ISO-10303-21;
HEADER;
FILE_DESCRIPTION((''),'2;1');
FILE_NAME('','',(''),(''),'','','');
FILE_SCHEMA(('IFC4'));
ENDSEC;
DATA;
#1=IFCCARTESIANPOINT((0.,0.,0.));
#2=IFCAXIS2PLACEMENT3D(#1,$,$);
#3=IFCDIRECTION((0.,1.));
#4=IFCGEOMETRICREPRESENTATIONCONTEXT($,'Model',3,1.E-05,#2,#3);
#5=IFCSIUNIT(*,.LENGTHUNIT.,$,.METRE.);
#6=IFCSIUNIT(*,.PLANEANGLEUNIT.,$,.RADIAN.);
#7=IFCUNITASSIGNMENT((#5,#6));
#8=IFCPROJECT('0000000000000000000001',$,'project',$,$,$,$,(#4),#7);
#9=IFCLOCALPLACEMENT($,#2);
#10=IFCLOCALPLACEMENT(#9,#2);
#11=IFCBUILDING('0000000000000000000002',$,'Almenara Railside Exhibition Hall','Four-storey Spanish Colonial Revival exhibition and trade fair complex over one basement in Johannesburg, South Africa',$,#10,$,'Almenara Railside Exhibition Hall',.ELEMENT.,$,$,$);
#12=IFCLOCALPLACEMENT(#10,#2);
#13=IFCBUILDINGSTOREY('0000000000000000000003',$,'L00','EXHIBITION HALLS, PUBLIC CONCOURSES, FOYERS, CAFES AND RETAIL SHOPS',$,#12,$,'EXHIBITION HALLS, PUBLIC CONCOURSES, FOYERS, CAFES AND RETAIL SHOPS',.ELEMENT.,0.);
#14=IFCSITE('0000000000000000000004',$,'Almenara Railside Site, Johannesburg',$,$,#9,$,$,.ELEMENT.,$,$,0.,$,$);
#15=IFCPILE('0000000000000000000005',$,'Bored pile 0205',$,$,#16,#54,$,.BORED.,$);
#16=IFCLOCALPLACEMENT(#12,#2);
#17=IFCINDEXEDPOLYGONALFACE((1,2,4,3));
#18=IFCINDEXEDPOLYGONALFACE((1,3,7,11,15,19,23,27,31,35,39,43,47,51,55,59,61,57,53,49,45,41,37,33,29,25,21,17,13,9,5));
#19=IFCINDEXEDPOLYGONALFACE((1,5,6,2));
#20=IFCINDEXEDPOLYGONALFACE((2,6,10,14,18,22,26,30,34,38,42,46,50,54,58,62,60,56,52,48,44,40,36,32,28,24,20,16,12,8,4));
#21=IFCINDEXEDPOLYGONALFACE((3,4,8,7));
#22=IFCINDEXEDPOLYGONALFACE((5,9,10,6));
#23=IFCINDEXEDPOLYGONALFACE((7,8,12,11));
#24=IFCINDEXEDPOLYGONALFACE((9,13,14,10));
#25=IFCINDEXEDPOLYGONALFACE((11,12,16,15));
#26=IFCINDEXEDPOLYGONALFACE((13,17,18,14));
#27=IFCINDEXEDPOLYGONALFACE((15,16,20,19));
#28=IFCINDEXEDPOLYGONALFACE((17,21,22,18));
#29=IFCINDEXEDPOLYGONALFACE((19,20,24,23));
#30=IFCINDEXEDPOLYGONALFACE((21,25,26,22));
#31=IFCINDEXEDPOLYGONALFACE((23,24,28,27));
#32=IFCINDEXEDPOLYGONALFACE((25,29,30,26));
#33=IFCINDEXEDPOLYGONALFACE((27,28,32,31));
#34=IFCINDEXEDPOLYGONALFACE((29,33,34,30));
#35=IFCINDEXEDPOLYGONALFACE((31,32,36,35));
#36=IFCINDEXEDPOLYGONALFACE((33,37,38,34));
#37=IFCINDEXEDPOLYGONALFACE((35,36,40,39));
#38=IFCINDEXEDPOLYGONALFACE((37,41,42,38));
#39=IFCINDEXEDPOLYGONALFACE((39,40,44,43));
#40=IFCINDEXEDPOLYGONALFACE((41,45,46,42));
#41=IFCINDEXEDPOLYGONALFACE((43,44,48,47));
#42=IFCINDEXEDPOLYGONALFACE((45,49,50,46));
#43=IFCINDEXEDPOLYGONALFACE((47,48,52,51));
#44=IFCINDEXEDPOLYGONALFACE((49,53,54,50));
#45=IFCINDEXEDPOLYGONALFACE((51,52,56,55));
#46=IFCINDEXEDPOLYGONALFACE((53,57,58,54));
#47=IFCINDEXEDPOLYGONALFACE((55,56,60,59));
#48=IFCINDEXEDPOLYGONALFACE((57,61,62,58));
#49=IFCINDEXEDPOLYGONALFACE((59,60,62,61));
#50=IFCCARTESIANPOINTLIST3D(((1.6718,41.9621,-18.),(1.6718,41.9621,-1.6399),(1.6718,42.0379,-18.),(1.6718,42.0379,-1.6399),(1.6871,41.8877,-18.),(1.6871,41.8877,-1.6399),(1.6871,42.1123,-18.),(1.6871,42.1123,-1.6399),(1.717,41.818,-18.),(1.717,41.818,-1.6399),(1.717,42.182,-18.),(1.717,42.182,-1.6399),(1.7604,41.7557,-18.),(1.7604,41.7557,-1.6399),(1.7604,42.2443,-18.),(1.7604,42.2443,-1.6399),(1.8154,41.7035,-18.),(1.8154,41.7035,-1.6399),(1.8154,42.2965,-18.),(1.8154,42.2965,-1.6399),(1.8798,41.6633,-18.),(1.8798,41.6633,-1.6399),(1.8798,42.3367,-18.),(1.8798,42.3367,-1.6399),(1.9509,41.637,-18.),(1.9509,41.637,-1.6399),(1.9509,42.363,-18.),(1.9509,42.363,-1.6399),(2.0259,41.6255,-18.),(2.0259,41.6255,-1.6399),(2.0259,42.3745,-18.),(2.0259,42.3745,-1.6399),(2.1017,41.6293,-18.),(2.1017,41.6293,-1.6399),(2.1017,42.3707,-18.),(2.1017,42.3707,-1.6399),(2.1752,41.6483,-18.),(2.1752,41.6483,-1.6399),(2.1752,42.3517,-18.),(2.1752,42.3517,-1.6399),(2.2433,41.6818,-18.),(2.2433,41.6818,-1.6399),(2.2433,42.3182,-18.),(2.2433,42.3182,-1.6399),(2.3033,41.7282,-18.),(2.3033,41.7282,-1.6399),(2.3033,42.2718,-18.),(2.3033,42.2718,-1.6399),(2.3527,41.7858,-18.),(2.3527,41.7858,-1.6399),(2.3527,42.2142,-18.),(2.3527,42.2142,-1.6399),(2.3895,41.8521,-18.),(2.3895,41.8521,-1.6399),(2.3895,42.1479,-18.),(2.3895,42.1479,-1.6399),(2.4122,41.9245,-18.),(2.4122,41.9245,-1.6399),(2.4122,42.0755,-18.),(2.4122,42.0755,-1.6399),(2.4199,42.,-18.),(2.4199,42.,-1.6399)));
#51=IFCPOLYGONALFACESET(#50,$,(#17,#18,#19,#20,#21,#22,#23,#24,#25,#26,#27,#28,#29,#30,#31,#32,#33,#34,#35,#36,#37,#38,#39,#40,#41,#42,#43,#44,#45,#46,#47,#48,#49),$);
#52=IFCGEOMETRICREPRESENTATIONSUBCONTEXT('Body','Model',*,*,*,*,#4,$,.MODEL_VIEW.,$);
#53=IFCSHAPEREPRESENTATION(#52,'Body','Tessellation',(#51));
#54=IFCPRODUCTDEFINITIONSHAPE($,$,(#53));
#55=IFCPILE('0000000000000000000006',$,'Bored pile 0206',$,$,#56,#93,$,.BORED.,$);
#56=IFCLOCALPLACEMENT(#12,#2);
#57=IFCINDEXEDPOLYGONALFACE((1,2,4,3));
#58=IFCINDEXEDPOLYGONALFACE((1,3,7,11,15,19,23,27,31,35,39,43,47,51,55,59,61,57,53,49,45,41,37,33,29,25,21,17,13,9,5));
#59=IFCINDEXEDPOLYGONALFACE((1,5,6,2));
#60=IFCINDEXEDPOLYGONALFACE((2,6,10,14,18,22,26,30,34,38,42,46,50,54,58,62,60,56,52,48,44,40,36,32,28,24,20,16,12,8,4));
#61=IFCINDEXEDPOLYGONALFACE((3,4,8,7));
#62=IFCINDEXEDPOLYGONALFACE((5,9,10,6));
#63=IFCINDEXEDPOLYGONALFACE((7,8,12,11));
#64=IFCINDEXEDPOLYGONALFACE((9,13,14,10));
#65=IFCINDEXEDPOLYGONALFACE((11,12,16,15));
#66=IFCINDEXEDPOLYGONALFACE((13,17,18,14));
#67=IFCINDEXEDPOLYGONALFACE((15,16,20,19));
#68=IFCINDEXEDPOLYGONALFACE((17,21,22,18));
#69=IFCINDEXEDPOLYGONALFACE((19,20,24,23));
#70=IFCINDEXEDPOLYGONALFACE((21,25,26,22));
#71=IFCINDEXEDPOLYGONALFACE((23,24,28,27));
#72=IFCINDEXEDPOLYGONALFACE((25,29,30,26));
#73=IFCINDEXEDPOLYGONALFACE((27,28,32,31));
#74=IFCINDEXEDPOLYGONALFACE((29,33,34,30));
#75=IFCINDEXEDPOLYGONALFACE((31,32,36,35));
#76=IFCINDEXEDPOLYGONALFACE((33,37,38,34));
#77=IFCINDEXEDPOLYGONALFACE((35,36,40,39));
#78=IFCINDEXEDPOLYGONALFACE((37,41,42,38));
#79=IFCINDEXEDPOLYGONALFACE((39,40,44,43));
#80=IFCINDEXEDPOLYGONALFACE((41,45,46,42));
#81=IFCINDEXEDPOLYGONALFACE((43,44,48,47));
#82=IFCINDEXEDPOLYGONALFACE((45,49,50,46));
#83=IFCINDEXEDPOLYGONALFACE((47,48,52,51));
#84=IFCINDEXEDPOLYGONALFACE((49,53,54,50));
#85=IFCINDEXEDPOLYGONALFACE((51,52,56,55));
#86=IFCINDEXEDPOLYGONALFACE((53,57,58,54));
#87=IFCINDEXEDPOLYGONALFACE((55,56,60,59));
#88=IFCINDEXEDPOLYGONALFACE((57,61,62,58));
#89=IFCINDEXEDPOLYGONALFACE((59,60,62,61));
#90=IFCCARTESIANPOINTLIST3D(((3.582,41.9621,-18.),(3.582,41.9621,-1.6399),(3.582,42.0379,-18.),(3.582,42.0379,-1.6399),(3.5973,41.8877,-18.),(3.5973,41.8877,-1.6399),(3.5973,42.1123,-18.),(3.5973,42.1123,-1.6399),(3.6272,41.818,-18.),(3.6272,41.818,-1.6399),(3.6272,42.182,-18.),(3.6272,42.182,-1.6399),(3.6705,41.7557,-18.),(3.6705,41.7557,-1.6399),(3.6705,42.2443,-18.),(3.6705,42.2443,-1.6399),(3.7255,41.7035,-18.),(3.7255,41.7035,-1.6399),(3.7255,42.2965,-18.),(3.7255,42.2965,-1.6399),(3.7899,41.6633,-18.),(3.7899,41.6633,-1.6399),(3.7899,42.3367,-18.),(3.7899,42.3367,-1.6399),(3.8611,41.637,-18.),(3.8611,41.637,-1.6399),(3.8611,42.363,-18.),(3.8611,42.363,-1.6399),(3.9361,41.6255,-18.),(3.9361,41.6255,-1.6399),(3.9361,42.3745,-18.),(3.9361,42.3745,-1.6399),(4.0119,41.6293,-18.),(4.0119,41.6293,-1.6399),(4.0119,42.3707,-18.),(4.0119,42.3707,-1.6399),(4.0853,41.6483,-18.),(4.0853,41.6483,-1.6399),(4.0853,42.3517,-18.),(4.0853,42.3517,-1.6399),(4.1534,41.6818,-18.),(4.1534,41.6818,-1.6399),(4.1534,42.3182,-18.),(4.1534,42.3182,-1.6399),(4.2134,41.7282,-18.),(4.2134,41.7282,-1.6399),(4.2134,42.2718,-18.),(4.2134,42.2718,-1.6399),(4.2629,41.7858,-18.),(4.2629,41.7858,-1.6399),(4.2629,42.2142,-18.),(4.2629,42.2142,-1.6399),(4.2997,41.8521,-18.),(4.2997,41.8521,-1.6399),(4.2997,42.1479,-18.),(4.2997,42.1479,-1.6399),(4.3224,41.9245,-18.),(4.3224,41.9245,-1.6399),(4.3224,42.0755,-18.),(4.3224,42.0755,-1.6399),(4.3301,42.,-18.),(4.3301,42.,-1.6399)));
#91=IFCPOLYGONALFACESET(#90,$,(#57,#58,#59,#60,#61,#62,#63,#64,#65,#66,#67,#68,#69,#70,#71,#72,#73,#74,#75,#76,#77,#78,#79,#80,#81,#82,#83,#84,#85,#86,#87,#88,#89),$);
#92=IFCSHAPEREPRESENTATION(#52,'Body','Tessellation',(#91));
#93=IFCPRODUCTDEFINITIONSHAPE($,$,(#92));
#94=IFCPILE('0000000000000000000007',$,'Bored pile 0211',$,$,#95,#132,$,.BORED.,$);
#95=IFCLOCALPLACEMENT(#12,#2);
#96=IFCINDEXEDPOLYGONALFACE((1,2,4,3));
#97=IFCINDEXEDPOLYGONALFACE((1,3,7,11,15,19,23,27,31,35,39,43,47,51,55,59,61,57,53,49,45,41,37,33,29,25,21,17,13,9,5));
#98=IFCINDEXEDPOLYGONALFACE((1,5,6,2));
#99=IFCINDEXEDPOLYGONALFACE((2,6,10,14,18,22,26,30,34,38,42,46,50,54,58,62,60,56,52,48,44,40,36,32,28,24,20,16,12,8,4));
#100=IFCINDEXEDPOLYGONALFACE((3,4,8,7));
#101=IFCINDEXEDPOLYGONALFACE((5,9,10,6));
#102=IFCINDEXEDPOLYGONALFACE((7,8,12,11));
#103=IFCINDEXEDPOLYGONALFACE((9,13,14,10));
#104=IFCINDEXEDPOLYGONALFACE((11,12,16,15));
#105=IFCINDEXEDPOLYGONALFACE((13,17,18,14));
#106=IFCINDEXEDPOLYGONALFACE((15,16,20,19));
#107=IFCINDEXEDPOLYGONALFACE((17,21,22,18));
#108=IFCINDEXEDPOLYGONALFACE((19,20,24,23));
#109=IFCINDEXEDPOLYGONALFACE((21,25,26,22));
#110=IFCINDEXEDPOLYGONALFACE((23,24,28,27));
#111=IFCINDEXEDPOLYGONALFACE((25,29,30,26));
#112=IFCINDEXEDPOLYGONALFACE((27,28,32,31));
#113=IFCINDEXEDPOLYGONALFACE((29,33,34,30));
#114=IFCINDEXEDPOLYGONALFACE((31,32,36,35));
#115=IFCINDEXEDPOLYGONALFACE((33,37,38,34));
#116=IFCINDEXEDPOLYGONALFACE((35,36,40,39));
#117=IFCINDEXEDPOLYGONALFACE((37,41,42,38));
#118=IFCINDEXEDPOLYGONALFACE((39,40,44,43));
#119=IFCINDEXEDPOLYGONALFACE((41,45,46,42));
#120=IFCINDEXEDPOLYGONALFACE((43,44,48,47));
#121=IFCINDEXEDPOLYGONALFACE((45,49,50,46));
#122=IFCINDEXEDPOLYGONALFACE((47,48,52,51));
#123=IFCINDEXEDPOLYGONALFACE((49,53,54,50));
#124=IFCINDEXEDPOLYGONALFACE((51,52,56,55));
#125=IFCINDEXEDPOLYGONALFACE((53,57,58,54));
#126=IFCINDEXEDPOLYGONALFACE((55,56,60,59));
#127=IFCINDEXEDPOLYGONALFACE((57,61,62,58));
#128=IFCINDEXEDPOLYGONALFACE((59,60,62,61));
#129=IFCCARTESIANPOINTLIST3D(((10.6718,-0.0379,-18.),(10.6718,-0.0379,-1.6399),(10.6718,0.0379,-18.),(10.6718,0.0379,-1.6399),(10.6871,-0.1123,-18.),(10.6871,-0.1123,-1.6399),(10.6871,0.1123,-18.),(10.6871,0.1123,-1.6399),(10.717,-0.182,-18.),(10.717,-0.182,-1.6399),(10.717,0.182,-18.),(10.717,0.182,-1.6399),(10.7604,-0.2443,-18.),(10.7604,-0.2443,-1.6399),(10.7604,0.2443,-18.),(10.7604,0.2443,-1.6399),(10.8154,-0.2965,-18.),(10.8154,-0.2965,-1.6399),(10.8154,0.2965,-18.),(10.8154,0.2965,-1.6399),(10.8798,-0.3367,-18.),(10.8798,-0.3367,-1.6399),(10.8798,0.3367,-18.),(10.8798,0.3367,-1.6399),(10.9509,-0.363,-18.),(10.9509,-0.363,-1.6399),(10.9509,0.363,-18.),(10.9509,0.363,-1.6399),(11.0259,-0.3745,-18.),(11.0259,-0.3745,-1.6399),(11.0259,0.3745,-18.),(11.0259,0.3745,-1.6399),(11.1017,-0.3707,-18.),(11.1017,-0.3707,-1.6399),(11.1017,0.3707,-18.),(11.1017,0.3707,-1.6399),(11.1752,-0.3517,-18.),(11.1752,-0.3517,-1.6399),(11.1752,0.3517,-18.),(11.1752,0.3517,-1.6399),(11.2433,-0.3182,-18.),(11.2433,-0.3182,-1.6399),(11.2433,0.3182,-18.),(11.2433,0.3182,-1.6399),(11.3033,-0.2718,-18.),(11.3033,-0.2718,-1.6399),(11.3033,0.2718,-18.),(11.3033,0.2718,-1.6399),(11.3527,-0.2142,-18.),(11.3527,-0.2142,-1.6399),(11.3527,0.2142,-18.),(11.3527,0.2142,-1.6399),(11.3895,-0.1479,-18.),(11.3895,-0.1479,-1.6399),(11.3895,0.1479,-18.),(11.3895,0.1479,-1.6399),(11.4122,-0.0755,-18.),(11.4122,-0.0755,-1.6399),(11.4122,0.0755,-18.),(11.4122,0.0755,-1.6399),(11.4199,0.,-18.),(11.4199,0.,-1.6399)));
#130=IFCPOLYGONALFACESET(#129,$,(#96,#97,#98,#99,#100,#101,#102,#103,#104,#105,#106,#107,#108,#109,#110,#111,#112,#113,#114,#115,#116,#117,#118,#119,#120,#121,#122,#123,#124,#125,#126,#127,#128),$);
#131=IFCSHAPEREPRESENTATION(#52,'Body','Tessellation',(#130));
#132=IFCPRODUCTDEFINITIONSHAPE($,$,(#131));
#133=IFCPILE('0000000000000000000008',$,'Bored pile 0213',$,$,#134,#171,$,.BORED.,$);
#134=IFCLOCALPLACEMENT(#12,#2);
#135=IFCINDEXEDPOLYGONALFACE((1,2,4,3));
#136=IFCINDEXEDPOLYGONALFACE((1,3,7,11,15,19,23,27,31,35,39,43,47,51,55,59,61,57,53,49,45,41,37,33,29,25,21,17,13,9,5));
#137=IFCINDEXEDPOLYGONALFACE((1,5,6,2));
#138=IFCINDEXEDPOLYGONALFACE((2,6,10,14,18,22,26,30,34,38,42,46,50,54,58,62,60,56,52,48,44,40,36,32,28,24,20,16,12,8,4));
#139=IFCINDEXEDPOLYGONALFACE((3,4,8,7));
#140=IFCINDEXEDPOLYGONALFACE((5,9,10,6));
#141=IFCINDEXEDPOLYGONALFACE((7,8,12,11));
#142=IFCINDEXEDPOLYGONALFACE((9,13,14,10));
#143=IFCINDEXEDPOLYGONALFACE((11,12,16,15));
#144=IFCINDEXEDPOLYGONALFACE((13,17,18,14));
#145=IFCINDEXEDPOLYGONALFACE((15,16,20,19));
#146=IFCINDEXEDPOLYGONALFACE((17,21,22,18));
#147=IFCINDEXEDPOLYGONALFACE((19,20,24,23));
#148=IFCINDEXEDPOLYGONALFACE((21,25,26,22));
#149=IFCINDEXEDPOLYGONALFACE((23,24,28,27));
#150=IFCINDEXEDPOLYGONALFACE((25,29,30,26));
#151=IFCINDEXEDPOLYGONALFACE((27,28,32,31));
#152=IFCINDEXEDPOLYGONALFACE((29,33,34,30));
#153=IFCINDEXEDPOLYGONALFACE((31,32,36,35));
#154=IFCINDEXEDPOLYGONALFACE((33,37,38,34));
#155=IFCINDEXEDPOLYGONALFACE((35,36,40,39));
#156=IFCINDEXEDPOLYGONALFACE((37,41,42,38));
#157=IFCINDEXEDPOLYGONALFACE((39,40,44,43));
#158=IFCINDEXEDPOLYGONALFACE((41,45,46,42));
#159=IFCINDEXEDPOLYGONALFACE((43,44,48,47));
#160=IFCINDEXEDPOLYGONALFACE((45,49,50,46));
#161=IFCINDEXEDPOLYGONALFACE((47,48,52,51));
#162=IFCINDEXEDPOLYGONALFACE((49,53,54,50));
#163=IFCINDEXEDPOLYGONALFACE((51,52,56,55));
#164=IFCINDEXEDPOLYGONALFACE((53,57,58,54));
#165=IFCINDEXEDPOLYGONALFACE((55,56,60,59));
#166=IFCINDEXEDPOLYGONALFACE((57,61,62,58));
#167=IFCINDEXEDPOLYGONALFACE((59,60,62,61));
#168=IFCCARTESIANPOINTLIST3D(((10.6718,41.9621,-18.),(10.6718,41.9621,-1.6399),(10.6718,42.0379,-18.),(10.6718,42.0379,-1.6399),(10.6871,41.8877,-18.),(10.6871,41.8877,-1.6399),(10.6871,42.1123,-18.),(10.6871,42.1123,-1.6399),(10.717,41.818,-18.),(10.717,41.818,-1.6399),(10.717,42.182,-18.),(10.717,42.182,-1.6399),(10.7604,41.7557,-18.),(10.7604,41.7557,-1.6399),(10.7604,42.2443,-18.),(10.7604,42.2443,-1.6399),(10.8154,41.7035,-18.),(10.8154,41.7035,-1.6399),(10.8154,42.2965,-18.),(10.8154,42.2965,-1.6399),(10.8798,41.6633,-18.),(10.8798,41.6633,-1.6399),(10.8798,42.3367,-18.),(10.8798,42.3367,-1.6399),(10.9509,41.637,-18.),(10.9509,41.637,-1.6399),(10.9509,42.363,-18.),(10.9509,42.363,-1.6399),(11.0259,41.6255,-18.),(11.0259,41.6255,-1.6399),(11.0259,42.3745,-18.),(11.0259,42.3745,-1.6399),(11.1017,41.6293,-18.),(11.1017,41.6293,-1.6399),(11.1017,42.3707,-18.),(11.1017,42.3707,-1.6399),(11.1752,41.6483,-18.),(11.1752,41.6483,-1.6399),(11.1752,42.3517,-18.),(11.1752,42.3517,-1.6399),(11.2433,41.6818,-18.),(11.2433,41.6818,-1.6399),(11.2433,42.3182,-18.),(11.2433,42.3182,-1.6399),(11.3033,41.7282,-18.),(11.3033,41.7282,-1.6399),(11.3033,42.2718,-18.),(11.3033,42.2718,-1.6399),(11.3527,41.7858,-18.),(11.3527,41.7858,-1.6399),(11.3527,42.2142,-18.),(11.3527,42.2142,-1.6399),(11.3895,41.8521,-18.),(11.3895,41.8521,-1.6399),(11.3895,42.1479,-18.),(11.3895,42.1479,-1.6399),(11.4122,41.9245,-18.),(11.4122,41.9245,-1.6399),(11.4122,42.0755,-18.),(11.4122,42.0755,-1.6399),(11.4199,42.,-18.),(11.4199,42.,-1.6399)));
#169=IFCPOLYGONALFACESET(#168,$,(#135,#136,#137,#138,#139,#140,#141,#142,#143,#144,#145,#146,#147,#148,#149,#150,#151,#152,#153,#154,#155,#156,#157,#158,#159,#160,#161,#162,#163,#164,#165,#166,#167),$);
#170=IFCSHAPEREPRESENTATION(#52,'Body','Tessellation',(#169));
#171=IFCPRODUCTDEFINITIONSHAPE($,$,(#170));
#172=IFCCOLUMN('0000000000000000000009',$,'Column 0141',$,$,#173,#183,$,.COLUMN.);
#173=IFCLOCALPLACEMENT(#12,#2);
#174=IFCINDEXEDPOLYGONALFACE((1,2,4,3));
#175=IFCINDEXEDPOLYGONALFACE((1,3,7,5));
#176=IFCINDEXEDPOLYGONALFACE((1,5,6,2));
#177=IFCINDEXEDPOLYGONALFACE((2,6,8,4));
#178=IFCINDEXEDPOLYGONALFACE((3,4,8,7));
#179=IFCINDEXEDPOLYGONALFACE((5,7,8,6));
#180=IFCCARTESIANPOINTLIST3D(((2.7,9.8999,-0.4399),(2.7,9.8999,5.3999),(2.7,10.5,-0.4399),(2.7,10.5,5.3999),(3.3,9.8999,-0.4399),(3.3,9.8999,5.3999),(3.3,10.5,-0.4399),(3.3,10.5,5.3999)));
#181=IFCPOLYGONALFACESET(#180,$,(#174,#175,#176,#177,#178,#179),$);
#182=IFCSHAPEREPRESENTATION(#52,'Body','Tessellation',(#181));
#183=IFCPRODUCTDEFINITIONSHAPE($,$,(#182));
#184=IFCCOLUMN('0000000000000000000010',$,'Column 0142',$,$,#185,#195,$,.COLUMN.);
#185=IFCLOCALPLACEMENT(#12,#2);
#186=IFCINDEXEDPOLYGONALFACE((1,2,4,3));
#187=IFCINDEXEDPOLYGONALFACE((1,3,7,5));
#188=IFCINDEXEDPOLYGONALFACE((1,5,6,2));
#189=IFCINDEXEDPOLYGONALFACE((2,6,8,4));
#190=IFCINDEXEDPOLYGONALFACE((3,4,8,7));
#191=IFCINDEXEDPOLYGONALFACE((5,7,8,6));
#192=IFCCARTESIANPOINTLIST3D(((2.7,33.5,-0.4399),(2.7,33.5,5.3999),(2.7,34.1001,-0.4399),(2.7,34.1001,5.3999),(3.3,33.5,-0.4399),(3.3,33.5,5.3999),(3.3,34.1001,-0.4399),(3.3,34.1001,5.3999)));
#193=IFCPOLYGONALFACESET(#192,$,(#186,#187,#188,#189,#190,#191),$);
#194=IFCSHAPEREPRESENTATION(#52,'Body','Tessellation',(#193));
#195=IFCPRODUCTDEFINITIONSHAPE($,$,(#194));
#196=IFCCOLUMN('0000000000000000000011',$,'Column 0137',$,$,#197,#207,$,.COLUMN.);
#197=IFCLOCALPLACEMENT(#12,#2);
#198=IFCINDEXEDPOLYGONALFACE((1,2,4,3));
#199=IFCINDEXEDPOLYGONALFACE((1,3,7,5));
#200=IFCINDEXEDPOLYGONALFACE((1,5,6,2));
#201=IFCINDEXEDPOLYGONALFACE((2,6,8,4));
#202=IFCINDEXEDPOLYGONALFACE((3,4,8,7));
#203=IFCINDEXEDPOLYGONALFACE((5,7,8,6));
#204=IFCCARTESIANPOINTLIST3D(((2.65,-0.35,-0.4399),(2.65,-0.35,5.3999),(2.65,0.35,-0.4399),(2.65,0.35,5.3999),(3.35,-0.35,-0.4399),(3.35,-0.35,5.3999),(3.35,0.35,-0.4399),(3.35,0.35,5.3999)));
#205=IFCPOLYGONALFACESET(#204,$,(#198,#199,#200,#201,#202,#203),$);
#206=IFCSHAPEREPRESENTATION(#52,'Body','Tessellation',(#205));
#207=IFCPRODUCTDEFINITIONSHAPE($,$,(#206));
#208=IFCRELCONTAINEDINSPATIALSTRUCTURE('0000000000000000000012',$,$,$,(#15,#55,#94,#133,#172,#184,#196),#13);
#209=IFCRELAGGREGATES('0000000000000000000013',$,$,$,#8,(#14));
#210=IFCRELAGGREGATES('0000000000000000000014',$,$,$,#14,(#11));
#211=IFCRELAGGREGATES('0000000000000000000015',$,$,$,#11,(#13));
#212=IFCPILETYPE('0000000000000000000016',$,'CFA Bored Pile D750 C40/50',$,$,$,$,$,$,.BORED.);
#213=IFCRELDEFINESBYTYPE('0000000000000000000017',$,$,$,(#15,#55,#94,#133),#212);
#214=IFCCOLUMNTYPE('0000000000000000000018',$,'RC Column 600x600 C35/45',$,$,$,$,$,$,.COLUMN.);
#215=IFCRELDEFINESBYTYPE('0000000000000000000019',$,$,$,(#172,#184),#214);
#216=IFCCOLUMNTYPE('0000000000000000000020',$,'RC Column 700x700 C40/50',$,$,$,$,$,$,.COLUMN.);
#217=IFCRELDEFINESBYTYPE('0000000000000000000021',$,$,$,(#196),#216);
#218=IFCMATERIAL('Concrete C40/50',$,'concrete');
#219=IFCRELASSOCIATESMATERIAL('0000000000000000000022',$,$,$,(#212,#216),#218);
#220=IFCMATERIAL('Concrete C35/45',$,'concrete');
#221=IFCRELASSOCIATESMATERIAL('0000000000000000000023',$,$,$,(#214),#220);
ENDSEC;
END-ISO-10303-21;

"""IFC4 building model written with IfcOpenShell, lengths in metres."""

from ifc_helpers import new_model, si_unit, direction, frame, origin, origin_2d, place, context, subcontext, project, spatial, rectangle, circle, extrude, material, material_profile, profile_set, type_object, element, save


model = new_model("IFC4")

# Units and contexts
model_context = context("Model", 3, precision=1e-05, world=origin(), true_north=direction((0.0, 1.0)))
body_context = subcontext(model_context, "Body", "Model", "MODEL_VIEW")
ifc_project = project(units=[si_unit("LENGTHUNIT", "METRE"), si_unit("PLANEANGLEUNIT", "RADIAN")], contexts=[model_context])

# Site, building, storey
site_placement = place(None, origin())
site = spatial("IfcSite", under=ifc_project, at=site_placement, Name="Almenara Railside Site, Johannesburg", CompositionType="ELEMENT", RefElevation=0.0)
building_placement = place(site_placement, origin())
building = spatial("IfcBuilding", under=site, at=building_placement, Name="Almenara Railside Exhibition Hall", Description="Four-storey Spanish Colonial Revival exhibition and trade fair complex over one basement in Johannesburg, South Africa", LongName="Almenara Railside Exhibition Hall", CompositionType="ELEMENT")
storey_placement = place(building_placement, origin())
storey = spatial("IfcBuildingStorey", under=building, at=storey_placement, Name="L00", Description="EXHIBITION HALLS, PUBLIC CONCOURSES, FOYERS, CAFES AND RETAIL SHOPS", LongName="EXHIBITION HALLS, PUBLIC CONCOURSES, FOYERS, CAFES AND RETAIL SHOPS", CompositionType="ELEMENT", Elevation=0.0)

# Piles
ifc_material_1 = material(Name="Concrete C40/50", Category="concrete")
ifc_material_profile_1 = material_profile(ifc_material_1, circle(Radius=0.375, at=origin_2d()), Name="CFA-PILE D750")
ifc_profile_set_1 = profile_set([ifc_material_profile_1], Name="Concrete C40/50")
pile_type_1 = type_object("IfcPileType", Name="CFA Bored Pile D750 C40/50", PredefinedType="BORED", material=ifc_profile_set_1)
for number, where, z_axis, x_axis, name in (
    (1, (2.0449, 42.0, -1.6399), (0.0, 0.0, -1.0), (1.0, 0.0, 0.0), "Bored pile 0205"),
    (2, (3.9551, 42.0, -1.6399), (0.0, 0.0, -1.0), (1.0, 0.0, 0.0), "Bored pile 0206"),
    (3, (11.0449, 0.0, -1.6399), (0.0, 0.0, -1.0), (1.0, 0.0, 0.0), "Bored pile 0211"),
    (4, (11.0449, 42.0, -1.6399), (0.0, 0.0, -1.0), (1.0, 0.0, 0.0), "Bored pile 0213"),
):
    element("IfcPile", number, at=place(storey_placement, frame(where, z_axis=z_axis, x_axis=x_axis)), inside=storey, type_object=pile_type_1, Name=name, PredefinedType="BORED", context=body_context, shape_type="SweptSolid", body=[
        extrude(circle(Radius=0.375, at=origin_2d()), origin(), (0.0, 0.0, 1.0), 16.3601),
    ])

# Columns
ifc_material_2 = material(Name="Concrete C35/45", Category="concrete")
ifc_material_profile_2 = material_profile(ifc_material_2, rectangle(XDim=0.6001, YDim=0.6001, at=origin_2d()), Name="RC 600x600")
ifc_profile_set_2 = profile_set([ifc_material_profile_2], Name="Concrete C35/45")
column_type_1 = type_object("IfcColumnType", Name="RC Column 600x600 C35/45", PredefinedType="COLUMN", material=ifc_profile_set_2)
for number, where, z_axis, x_axis, name in (
    (5, (3.0, 10.2, -0.4399), (0.0, 0.0, 1.0), (1.0, 0.0, 0.0), "Column 0141"),
    (6, (3.0, 33.8, -0.4399), (0.0, 0.0, 1.0), (1.0, 0.0, 0.0), "Column 0142"),
):
    element("IfcColumn", number, at=place(storey_placement, frame(where, z_axis=z_axis, x_axis=x_axis)), inside=storey, type_object=column_type_1, Name=name, PredefinedType="COLUMN", context=body_context, shape_type="SweptSolid", body=[
        extrude(rectangle(XDim=0.6001, YDim=0.6001, at=origin_2d()), origin(), (0.0, 0.0, 1.0), 5.8398),
    ])
ifc_material_profile_3 = material_profile(ifc_material_1, rectangle(XDim=0.7, YDim=0.7, at=origin_2d()), Name="RC 700x700")
ifc_profile_set_3 = profile_set([ifc_material_profile_3], Name="Concrete C40/50")
column_type_2 = type_object("IfcColumnType", Name="RC Column 700x700 C40/50", PredefinedType="COLUMN", material=ifc_profile_set_3)
for number, where, z_axis, x_axis, name in (
    (7, (3.0, 0.0, -0.4399), (0.0, 0.0, 1.0), (1.0, 0.0, 0.0), "Column 0137"),
):
    element("IfcColumn", number, at=place(storey_placement, frame(where, z_axis=z_axis, x_axis=x_axis)), inside=storey, type_object=column_type_2, Name=name, PredefinedType="COLUMN", context=body_context, shape_type="SweptSolid", body=[
        extrude(rectangle(XDim=0.7, YDim=0.7, at=origin_2d()), origin(), (0.0, 0.0, 1.0), 5.8398),
    ])

save(model, "model.ifc")
